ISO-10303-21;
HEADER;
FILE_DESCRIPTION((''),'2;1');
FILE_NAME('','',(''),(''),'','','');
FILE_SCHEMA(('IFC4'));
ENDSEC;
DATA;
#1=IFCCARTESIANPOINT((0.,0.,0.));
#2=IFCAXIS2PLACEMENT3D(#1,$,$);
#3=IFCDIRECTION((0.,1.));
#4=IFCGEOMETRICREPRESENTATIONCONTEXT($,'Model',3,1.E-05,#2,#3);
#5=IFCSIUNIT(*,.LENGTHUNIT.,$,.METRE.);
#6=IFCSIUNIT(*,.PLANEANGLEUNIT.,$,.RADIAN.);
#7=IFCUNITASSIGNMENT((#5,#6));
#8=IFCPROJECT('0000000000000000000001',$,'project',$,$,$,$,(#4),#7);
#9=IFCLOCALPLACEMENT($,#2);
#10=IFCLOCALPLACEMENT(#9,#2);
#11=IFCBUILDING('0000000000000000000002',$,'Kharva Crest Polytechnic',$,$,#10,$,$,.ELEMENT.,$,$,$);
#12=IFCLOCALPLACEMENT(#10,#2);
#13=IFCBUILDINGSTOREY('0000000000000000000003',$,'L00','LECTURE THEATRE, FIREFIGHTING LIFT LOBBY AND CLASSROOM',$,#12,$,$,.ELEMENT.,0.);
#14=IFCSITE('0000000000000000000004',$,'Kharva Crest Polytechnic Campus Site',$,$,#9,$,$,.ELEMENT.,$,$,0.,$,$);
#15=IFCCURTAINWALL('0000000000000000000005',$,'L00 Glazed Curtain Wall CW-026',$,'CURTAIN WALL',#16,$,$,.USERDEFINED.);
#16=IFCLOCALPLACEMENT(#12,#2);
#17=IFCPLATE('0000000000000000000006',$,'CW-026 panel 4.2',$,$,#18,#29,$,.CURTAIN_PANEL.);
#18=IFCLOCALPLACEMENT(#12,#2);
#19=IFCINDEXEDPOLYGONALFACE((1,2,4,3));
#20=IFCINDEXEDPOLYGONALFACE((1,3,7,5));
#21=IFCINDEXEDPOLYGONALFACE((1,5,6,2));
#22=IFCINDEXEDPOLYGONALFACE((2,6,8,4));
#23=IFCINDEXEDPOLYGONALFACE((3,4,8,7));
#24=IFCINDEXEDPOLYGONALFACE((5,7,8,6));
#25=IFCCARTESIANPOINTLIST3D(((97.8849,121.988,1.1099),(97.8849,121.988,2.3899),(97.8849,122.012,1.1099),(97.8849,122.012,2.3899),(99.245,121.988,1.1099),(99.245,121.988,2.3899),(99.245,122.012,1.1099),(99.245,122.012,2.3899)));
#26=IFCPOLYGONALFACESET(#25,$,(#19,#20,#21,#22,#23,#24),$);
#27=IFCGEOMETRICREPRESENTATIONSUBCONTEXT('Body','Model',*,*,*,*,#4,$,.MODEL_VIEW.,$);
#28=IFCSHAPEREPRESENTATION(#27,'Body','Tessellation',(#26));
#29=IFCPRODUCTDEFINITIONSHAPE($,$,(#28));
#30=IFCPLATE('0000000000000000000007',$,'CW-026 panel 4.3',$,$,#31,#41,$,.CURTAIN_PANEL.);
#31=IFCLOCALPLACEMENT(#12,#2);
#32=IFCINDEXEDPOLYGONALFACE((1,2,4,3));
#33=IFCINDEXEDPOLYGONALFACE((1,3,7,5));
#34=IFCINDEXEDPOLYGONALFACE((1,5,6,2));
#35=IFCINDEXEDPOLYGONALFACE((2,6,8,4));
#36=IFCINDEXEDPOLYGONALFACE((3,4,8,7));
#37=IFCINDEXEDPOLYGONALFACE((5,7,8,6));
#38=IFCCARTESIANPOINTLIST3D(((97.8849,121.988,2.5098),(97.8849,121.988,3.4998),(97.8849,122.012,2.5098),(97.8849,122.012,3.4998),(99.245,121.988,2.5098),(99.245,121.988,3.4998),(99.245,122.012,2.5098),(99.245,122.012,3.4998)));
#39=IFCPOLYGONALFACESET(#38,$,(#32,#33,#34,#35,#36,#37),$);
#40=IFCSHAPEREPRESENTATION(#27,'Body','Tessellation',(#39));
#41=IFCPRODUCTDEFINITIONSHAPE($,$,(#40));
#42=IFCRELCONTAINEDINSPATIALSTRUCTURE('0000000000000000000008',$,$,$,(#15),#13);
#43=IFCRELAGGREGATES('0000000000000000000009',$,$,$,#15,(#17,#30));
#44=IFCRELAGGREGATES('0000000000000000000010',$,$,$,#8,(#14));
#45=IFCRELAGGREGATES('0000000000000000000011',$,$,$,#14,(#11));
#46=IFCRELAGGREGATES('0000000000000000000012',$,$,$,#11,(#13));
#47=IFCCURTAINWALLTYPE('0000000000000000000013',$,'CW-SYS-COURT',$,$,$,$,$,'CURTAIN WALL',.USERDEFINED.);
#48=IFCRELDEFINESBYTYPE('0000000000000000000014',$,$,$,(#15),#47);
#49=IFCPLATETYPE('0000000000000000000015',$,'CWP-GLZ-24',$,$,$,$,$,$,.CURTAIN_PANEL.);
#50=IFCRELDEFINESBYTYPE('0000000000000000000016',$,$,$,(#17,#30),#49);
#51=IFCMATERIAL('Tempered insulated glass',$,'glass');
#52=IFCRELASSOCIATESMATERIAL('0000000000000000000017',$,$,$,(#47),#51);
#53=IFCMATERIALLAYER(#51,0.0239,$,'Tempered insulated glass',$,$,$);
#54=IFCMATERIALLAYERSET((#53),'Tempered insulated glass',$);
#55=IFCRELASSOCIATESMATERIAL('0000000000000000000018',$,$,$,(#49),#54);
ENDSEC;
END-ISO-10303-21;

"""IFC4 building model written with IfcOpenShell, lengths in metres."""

from ifc_helpers import new_model, si_unit, direction, frame, origin, origin_2d, place, context, subcontext, project, spatial, rectangle, extrude, material, layer, layer_set, type_object, element, aggregate, save


model = new_model("IFC4")

# Units and contexts
model_context = context("Model", 3, precision=1e-05, world=origin(), true_north=direction((0.0, 1.0)))
body_context = subcontext(model_context, "Body", "Model", "MODEL_VIEW")
ifc_project = project(units=[si_unit("LENGTHUNIT", "METRE"), si_unit("PLANEANGLEUNIT", "RADIAN")], contexts=[model_context])

# Site, building, storey
site_placement = place(None, origin())
site = spatial("IfcSite", under=ifc_project, at=site_placement, Name="Kharva Crest Polytechnic Campus Site", CompositionType="ELEMENT", RefElevation=0.0)
building_placement = place(site_placement, origin())
building = spatial("IfcBuilding", under=site, at=building_placement, Name="Kharva Crest Polytechnic", CompositionType="ELEMENT")
storey_placement = place(building_placement, origin())
storey = spatial("IfcBuildingStorey", under=building, at=storey_placement, Name="L00", Description="LECTURE THEATRE, FIREFIGHTING LIFT LOBBY AND CLASSROOM", CompositionType="ELEMENT", Elevation=0.0)

# Curtain wall, plates
ifc_material_1 = material(Name="Tempered insulated glass", Category="glass")
curtain_wall_type = type_object("IfcCurtainWallType", Name="CW-SYS-COURT", ElementType="CURTAIN WALL", PredefinedType="USERDEFINED", material=ifc_material_1)
curtain_wall_placement = place(storey_placement, origin())
curtain_wall = element("IfcCurtainWall", 1, at=curtain_wall_placement, inside=storey, type_object=curtain_wall_type, Name="L00 Glazed Curtain Wall CW-026", ObjectType="CURTAIN WALL", PredefinedType="USERDEFINED")
ifc_layer = layer(ifc_material_1, 0.0239, Name="Tempered insulated glass")
ifc_layer_set = layer_set([ifc_layer], Name="Tempered insulated glass")
plate_type = type_object("IfcPlateType", Name="CWP-GLZ-24", PredefinedType="CURTAIN_PANEL", material=ifc_layer_set)
plate_1_placement = place(storey_placement, frame((98.5649, 122.0, 1.1099), z_axis=(0.0, 0.0, 1.0), x_axis=(-1.0, 0.0, 0.0)))
plate_1 = element("IfcPlate", 2, at=plate_1_placement, type_object=plate_type, Name="CW-026 panel 4.2", PredefinedType="CURTAIN_PANEL", context=body_context, shape_type="SweptSolid", body=[
    extrude(rectangle(XDim=1.3601, YDim=0.0239, at=origin_2d()), origin(), (0.0, 0.0, 1.0), 1.28),
])
plate_2_placement = place(storey_placement, frame((98.5649, 122.0, 2.5098), z_axis=(0.0, 0.0, 1.0), x_axis=(-1.0, 0.0, 0.0)))
plate_2 = element("IfcPlate", 3, at=plate_2_placement, type_object=plate_type, Name="CW-026 panel 4.3", PredefinedType="CURTAIN_PANEL", context=body_context, shape_type="SweptSolid", body=[
    extrude(rectangle(XDim=1.3601, YDim=0.0239, at=origin_2d()), origin(), (0.0, 0.0, 1.0), 0.99),
])
aggregate(curtain_wall, [plate_1, plate_2])

save(model, "model.ifc")
